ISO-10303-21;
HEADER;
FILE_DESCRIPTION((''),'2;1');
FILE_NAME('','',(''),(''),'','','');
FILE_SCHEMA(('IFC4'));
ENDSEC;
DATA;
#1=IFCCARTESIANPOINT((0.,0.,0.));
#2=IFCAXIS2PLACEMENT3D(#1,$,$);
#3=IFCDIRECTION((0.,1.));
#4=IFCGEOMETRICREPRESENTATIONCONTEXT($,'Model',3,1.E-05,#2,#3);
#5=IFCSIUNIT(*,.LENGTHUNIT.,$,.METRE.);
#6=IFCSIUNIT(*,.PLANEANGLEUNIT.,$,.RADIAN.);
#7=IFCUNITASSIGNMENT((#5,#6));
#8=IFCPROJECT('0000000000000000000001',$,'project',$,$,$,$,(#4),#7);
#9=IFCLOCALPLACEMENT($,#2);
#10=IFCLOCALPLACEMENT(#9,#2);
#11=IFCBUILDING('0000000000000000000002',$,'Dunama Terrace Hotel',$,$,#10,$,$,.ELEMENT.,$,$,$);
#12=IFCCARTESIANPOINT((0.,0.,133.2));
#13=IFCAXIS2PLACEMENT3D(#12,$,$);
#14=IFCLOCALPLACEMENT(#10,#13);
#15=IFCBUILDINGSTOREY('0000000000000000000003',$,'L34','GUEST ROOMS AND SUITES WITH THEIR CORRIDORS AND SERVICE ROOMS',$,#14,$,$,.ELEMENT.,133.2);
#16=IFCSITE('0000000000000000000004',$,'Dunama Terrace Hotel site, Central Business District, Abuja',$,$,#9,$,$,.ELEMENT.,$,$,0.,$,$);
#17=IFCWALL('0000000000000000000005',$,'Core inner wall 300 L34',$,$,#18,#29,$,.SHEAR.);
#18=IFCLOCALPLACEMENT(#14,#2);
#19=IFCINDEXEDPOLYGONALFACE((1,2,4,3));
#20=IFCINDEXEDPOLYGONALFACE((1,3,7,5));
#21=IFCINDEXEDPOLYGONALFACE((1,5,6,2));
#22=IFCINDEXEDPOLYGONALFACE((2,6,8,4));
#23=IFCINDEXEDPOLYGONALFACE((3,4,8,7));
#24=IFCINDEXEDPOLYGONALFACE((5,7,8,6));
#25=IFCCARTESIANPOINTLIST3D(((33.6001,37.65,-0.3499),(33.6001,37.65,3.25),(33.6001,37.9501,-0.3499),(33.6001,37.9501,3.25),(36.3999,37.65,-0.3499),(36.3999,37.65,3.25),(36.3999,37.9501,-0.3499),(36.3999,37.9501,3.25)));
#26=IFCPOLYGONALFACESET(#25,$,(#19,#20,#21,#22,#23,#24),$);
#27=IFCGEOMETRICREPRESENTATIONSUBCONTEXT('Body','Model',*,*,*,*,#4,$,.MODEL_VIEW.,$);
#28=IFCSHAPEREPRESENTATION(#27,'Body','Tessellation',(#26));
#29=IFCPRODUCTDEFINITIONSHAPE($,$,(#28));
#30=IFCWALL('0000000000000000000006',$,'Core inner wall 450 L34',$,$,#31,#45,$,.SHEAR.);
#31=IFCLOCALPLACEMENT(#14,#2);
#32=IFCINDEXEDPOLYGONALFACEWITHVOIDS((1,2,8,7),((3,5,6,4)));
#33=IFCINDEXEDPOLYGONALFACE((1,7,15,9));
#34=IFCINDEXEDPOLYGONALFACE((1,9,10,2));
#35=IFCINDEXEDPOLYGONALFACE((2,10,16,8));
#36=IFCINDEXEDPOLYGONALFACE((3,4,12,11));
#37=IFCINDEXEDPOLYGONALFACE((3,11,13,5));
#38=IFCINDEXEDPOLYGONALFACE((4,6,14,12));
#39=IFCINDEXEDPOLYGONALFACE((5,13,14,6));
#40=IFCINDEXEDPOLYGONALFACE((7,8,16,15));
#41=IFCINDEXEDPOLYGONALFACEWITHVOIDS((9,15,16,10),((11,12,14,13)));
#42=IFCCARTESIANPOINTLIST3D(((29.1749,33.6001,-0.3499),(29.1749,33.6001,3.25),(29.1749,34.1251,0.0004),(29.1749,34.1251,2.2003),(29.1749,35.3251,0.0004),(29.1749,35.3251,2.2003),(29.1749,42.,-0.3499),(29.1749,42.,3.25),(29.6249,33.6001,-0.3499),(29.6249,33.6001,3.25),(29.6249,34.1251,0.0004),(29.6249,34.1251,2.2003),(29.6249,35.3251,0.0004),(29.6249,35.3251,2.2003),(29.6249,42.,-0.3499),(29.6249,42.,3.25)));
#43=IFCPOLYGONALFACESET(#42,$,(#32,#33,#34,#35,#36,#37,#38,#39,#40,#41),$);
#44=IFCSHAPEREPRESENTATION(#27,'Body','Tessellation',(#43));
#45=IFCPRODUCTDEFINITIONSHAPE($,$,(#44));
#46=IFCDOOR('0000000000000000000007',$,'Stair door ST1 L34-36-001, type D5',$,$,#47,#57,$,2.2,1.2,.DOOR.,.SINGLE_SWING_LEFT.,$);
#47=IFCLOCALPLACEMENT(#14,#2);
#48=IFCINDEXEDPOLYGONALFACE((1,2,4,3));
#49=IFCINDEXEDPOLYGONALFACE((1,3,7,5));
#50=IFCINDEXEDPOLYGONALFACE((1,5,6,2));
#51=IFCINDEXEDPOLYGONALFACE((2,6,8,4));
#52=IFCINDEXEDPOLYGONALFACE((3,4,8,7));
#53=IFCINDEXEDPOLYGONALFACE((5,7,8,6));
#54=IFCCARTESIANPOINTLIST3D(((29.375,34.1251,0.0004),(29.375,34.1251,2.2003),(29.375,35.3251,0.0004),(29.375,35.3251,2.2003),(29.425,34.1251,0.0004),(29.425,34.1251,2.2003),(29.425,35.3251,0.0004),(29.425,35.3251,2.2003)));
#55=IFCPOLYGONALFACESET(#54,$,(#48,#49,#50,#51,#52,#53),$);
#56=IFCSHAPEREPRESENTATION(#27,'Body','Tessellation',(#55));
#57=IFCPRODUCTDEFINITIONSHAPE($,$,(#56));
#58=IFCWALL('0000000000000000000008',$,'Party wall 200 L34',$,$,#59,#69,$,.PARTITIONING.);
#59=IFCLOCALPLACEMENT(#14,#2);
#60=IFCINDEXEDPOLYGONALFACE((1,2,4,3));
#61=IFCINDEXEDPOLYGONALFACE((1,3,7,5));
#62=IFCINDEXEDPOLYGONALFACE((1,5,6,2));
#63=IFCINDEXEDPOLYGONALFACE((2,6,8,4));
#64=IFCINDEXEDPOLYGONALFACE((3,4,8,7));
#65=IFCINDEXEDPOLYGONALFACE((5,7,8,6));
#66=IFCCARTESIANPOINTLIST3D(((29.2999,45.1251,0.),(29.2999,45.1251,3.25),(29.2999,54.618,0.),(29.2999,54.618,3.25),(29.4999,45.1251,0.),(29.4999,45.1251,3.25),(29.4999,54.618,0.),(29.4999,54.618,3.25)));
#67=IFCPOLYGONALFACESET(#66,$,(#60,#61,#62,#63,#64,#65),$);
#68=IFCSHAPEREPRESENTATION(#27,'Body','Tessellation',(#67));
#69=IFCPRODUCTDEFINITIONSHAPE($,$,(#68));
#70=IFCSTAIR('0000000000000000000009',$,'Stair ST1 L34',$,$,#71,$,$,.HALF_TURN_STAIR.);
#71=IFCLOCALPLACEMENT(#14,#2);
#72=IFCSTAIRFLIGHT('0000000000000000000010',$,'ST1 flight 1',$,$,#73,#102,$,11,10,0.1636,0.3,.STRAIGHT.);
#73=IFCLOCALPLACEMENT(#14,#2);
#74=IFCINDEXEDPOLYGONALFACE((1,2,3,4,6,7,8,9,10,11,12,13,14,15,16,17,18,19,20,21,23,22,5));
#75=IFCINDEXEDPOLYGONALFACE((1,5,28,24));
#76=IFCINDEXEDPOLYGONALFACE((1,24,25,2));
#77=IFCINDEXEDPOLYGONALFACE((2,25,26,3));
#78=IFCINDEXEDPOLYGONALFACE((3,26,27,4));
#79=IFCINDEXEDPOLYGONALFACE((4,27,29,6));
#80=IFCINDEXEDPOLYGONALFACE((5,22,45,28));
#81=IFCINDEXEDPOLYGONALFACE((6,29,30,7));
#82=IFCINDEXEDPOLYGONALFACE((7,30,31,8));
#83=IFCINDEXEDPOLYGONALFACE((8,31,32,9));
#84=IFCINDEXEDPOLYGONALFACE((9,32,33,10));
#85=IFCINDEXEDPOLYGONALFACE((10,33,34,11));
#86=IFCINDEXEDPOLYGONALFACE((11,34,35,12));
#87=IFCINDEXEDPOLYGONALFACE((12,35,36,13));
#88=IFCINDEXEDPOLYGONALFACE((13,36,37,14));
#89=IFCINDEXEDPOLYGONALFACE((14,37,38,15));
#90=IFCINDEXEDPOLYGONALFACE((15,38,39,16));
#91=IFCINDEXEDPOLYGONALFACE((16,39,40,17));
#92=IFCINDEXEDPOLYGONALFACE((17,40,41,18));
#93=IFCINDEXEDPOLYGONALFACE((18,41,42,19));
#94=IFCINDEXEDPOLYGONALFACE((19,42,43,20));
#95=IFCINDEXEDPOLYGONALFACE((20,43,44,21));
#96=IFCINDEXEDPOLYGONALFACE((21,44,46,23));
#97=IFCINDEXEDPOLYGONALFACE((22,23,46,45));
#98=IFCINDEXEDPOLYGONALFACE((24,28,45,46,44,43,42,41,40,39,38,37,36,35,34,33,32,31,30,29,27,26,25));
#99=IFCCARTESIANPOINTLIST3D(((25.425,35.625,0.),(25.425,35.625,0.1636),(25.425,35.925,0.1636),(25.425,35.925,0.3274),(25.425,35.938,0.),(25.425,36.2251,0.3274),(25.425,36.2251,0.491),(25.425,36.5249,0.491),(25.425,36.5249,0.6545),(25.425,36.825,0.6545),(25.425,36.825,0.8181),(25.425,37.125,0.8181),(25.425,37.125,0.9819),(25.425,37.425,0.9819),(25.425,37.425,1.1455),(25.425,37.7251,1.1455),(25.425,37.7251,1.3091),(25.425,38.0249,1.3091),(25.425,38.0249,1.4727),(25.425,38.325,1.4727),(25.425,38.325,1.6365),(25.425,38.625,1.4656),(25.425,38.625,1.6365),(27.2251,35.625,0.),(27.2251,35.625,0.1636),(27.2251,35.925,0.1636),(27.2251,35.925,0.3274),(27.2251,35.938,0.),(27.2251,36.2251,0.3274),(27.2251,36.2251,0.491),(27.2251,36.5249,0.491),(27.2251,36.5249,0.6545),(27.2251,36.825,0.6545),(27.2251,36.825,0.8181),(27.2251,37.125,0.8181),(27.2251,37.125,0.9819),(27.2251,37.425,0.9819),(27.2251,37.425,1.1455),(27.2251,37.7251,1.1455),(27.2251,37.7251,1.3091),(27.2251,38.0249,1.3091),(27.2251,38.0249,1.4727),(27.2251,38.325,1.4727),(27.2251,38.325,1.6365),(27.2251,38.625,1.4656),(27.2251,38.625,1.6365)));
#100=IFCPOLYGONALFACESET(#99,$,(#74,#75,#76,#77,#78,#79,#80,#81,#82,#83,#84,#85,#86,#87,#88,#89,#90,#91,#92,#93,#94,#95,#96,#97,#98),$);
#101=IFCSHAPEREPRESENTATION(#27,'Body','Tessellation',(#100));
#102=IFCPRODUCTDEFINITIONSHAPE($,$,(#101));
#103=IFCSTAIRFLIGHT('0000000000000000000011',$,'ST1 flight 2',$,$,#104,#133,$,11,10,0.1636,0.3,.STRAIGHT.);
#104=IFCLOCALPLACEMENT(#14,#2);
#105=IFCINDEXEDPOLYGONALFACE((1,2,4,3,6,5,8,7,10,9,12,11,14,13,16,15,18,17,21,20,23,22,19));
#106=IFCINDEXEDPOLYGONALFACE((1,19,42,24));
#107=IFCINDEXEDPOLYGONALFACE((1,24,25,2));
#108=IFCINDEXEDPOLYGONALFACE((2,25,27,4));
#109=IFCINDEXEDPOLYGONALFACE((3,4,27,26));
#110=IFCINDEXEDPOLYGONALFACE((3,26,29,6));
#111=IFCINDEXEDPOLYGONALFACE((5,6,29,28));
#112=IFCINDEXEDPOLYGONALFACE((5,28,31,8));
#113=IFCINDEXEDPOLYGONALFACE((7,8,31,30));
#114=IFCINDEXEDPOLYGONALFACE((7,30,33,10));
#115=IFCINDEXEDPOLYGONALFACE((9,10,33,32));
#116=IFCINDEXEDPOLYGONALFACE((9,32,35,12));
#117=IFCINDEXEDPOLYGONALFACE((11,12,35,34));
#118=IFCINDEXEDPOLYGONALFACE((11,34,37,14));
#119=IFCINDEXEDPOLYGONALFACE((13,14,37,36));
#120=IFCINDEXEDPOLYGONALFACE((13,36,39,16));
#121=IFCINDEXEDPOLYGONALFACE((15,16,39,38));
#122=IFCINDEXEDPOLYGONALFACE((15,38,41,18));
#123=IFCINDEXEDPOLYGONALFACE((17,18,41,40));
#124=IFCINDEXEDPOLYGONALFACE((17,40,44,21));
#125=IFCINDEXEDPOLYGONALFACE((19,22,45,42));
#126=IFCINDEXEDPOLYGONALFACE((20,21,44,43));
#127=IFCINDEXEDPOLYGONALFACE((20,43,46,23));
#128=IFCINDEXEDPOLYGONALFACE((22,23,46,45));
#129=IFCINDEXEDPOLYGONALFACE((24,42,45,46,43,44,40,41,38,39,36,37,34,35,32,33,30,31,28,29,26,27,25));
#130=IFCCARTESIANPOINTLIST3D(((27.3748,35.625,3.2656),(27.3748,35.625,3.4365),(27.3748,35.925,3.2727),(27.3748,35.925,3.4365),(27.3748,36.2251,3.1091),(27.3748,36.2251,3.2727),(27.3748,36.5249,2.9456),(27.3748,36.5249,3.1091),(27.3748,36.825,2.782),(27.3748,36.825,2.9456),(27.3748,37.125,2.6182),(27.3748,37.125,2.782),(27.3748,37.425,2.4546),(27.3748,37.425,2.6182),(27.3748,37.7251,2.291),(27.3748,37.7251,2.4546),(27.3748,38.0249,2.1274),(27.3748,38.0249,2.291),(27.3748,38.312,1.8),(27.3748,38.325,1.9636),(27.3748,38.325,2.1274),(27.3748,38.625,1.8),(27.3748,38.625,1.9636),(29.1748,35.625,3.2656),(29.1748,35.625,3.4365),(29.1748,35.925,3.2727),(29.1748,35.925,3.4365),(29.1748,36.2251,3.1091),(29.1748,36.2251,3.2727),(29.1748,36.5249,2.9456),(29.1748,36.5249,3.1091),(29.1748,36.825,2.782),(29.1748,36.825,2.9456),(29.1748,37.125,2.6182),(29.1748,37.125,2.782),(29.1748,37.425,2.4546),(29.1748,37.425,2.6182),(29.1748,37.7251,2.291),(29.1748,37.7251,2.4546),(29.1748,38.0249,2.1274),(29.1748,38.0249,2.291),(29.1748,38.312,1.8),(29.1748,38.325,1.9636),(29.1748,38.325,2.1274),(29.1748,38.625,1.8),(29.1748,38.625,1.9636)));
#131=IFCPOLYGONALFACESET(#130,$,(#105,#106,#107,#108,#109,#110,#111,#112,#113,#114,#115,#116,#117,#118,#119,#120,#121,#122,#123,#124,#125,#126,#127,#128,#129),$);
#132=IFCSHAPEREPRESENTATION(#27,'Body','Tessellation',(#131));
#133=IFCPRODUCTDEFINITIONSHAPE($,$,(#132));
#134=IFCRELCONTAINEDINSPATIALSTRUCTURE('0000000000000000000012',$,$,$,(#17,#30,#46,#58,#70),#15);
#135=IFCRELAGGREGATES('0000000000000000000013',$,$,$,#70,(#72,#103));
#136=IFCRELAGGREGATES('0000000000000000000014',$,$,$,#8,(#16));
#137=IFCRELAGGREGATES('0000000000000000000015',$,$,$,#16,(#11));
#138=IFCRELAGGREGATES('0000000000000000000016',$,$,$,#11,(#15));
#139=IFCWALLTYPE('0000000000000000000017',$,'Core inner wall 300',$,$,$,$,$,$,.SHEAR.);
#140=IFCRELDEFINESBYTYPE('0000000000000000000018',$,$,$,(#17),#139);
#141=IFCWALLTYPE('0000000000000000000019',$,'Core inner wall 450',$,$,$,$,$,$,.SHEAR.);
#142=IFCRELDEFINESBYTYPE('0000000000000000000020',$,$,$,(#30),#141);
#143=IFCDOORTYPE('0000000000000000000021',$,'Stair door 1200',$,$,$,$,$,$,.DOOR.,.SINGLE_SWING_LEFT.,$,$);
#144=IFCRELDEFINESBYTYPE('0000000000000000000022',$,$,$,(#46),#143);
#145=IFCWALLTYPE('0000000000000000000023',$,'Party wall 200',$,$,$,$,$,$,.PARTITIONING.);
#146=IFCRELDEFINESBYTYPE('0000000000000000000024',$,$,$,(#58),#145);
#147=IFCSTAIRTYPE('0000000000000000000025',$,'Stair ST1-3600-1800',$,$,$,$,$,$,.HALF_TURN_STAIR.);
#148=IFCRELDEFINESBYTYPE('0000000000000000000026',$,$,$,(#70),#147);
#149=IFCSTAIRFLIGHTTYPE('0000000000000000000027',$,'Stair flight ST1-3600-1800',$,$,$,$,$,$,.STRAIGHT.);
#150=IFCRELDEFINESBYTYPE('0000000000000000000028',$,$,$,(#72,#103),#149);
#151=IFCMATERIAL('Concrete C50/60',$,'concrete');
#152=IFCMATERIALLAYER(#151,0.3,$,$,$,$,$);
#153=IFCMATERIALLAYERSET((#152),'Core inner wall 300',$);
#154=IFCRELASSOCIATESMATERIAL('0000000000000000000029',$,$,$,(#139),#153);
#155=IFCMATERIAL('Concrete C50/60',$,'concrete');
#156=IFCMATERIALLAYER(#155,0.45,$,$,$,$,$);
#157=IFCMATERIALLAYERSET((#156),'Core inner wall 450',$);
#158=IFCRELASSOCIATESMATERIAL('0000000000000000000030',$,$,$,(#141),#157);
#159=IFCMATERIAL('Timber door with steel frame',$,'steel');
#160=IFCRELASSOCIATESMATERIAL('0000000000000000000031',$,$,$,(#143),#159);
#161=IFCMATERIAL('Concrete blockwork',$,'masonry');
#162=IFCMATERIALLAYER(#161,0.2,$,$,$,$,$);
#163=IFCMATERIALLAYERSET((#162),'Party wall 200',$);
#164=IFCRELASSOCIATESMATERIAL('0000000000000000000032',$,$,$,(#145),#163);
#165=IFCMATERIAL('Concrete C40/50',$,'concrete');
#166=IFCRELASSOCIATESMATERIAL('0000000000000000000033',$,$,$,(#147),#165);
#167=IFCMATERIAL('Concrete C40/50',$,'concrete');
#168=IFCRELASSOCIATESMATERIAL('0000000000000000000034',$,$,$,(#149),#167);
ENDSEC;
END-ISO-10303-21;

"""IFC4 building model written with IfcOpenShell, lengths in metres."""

from ifc_helpers import new_model, si_unit, direction, frame, frame_2d, origin, place, context, subcontext, project, spatial, polyline, rectangle, outline, extrude, material, layer, layer_set, type_object, element, fill, aggregate, save


model = new_model("IFC4")

# Units and contexts
model_context = context("Model", 3, precision=1e-05, world=origin(), true_north=direction((0.0, 1.0)))
body_context = subcontext(model_context, "Body", "Model", "MODEL_VIEW")
ifc_project = project(units=[si_unit("LENGTHUNIT", "METRE"), si_unit("PLANEANGLEUNIT", "RADIAN")], contexts=[model_context])

# Site, building, storey
site_placement = place(None, origin())
site = spatial("IfcSite", under=ifc_project, at=site_placement, Name="Dunama Terrace Hotel site, Central Business District, Abuja", CompositionType="ELEMENT", RefElevation=0.0)
building_placement = place(site_placement, origin())
building = spatial("IfcBuilding", under=site, at=building_placement, Name="Dunama Terrace Hotel", CompositionType="ELEMENT")
storey_placement = place(building_placement, frame((0.0, 0.0, 133.2)))
storey = spatial("IfcBuildingStorey", under=building, at=storey_placement, Name="L34", Description="GUEST ROOMS AND SUITES WITH THEIR CORRIDORS AND SERVICE ROOMS", CompositionType="ELEMENT", Elevation=133.2)

# Shared definitions
ifc_material_1 = material(Name="Concrete C50/60", Category="concrete")
ifc_layer_1 = layer(ifc_material_1, 0.3)
ifc_layer_set_1 = layer_set([ifc_layer_1], Name="Core inner wall 300")
wall_type_1 = type_object("IfcWallType", Name="Core inner wall 300", PredefinedType="SHEAR", material=ifc_layer_set_1)

# Wall
wall_1_placement = place(storey_placement, frame((33.6001, 37.8, -0.3499), z_axis=(0.0, 0.0, 1.0), x_axis=(1.0, 0.0, 0.0)))
element("IfcWall", 1, at=wall_1_placement, inside=storey, type_object=wall_type_1, Name="Core inner wall 300 L34", PredefinedType="SHEAR", context=body_context, shape_type="SweptSolid", body=[
    extrude(rectangle(XDim=2.7998, YDim=0.3, at=frame_2d((1.3999, 0.0))), origin(), (0.0, 0.0, 1.0), 3.5999),
])

# Wall, opening, door
ifc_material_2 = material(Name="Concrete C50/60", Category="concrete")
ifc_layer_2 = layer(ifc_material_2, 0.45)
ifc_layer_set_2 = layer_set([ifc_layer_2], Name="Core inner wall 450")
wall_type_2 = type_object("IfcWallType", Name="Core inner wall 450", PredefinedType="SHEAR", material=ifc_layer_set_2)
wall_2_placement = place(storey_placement, frame((29.3999, 33.6001, -0.3499), z_axis=(0.0, 0.0, 1.0), x_axis=(0.0, 1.0, 0.0)))
wall_2 = element("IfcWall", 2, at=wall_2_placement, inside=storey, type_object=wall_type_2, Name="Core inner wall 450 L34", PredefinedType="SHEAR", context=body_context, shape_type="SweptSolid", body=[
    extrude(rectangle(XDim=8.3999, YDim=0.45, at=frame_2d((4.2, 0.0))), origin(), (0.0, 0.0, 1.0), 3.5999),
])
opening_1_placement = place(wall_2_placement, frame((0.5249, 0.0, 0.3501)))
opening_1 = element("IfcOpeningElement", 3, at=opening_1_placement, cuts=wall_2, PredefinedType="OPENING", context=body_context, shape_type="SweptSolid", body=[
    extrude(rectangle(XDim=1.2, YDim=2.2, at=frame_2d((0.6001, 1.1001))), frame((0.0, 0.2349, 0.0), z_axis=(0.0, -1.0, 0.0), x_axis=(1.0, 0.0, 0.0)), (0.0, 0.0, 1.0), 0.47),
])
ifc_material_3 = material(Name="Timber door with steel frame", Category="steel")
door_type_1 = type_object("IfcDoorType", Name="Stair door 1200", OperationType="SINGLE_SWING_LEFT", PredefinedType="DOOR", material=ifc_material_3)
door_1_placement = place(opening_1_placement, origin())
door_1 = element("IfcDoor", 4, at=door_1_placement, inside=storey, type_object=door_type_1, Name="Stair door ST1 L34-36-001, type D5", OperationType="SINGLE_SWING_LEFT", OverallHeight=2.2, OverallWidth=1.2, PredefinedType="DOOR", context=body_context, shape_type="SweptSolid", body=[
    extrude(rectangle(XDim=1.2, YDim=2.2, at=frame_2d((0.6001, 1.1001))), frame((0.0, 0.0249, 0.0), z_axis=(0.0, -1.0, 0.0), x_axis=(1.0, 0.0, 0.0)), (0.0, 0.0, 1.0), 0.05),
])
fill(opening_1, door_1)

# Wall
ifc_material_4 = material(Name="Concrete blockwork", Category="masonry")
ifc_layer_3 = layer(ifc_material_4, 0.2)
ifc_layer_set_3 = layer_set([ifc_layer_3], Name="Party wall 200")
wall_type_3 = type_object("IfcWallType", Name="Party wall 200", PredefinedType="PARTITIONING", material=ifc_layer_set_3)
wall_3_placement = place(storey_placement, frame((29.3999, 45.125, 0.0), z_axis=(0.0, 0.0, 1.0), x_axis=(0.0, 1.0, 0.0)))
element("IfcWall", 5, at=wall_3_placement, inside=storey, type_object=wall_type_3, Name="Party wall 200 L34", PredefinedType="PARTITIONING", context=body_context, shape_type="SweptSolid", body=[
    extrude(rectangle(XDim=9.4929, YDim=0.2, at=frame_2d((4.7466, 0.0))), origin(), (0.0, 0.0, 1.0), 3.25),
])

# Stair, stair flights
ifc_material_5 = material(Name="Concrete C40/50", Category="concrete")
stair_type = type_object("IfcStairType", Name="Stair ST1-3600-1800", PredefinedType="HALF_TURN_STAIR", material=ifc_material_5)
stair_placement = place(storey_placement, origin())
stair = element("IfcStair", 6, at=stair_placement, inside=storey, type_object=stair_type, Name="Stair ST1 L34", PredefinedType="HALF_TURN_STAIR")
ifc_material_6 = material(Name="Concrete C40/50", Category="concrete")
stair_flight_type = type_object("IfcStairFlightType", Name="Stair flight ST1-3600-1800", PredefinedType="STRAIGHT", material=ifc_material_6)
stair_flight_1_placement = place(storey_placement, frame((26.325, 35.625, 0.0), z_axis=(0.0, 0.0, 1.0), x_axis=(0.0, 1.0, 0.0)))
stair_flight_1 = element("IfcStairFlight", 7, at=stair_flight_1_placement, type_object=stair_flight_type, Name="ST1 flight 1", NumberOfRisers=11, NumberOfTreads=10, PredefinedType="STRAIGHT", RiserHeight=0.1636, TreadLength=0.3, context=body_context, shape_type="SweptSolid", body=[
    extrude(outline(polyline([(0.0, 0.0), (0.0, 0.1636), (0.3, 0.1636), (0.3, 0.3274), (0.6001, 0.3274), (0.6001, 0.491), (0.8999, 0.491), (0.8999, 0.6545), (1.2, 0.6545), (1.2, 0.8181), (1.5, 0.8181), (1.5, 0.9819), (1.8, 0.9819), (1.8, 1.1455), (2.1001, 1.1455), (2.1001, 1.3091), (2.3999, 1.3091), (2.3999, 1.4727), (2.7, 1.4727), (2.7, 1.6365), (3.0, 1.6365), (3.0, 1.8), (3.0, 1.4656), (0.313, 0.0), (0.0, 0.0)])), frame((0.0, 0.8999, 0.0), z_axis=(0.0, -1.0, 0.0), x_axis=(1.0, 0.0, 0.0)), (0.0, 0.0, 1.0), 1.8),
])
stair_flight_2_placement = place(storey_placement, frame((28.2749, 38.625, 1.8), z_axis=(0.0, 0.0, 1.0), x_axis=(0.0, -1.0, 0.0)))
stair_flight_2 = element("IfcStairFlight", 8, at=stair_flight_2_placement, type_object=stair_flight_type, Name="ST1 flight 2", NumberOfRisers=11, NumberOfTreads=10, PredefinedType="STRAIGHT", RiserHeight=0.1636, TreadLength=0.3, context=body_context, shape_type="SweptSolid", body=[
    extrude(outline(polyline([(0.0, 0.0), (0.0, 0.1636), (0.3, 0.1636), (0.3, 0.3274), (0.6001, 0.3274), (0.6001, 0.491), (0.8999, 0.491), (0.8999, 0.6545), (1.2, 0.6545), (1.2, 0.8181), (1.5, 0.8181), (1.5, 0.9819), (1.8, 0.9819), (1.8, 1.1455), (2.1001, 1.1455), (2.1001, 1.3091), (2.3999, 1.3091), (2.3999, 1.4727), (2.7, 1.4727), (2.7, 1.6365), (3.0, 1.6365), (3.0, 1.8), (3.0, 1.4656), (0.313, 0.0), (0.0, 0.0)])), frame((0.0, 0.8999, 0.0), z_axis=(0.0, -1.0, 0.0), x_axis=(1.0, 0.0, 0.0)), (0.0, 0.0, 1.0), 1.8),
])
aggregate(stair, [stair_flight_1, stair_flight_2])

save(model, "model.ifc")
